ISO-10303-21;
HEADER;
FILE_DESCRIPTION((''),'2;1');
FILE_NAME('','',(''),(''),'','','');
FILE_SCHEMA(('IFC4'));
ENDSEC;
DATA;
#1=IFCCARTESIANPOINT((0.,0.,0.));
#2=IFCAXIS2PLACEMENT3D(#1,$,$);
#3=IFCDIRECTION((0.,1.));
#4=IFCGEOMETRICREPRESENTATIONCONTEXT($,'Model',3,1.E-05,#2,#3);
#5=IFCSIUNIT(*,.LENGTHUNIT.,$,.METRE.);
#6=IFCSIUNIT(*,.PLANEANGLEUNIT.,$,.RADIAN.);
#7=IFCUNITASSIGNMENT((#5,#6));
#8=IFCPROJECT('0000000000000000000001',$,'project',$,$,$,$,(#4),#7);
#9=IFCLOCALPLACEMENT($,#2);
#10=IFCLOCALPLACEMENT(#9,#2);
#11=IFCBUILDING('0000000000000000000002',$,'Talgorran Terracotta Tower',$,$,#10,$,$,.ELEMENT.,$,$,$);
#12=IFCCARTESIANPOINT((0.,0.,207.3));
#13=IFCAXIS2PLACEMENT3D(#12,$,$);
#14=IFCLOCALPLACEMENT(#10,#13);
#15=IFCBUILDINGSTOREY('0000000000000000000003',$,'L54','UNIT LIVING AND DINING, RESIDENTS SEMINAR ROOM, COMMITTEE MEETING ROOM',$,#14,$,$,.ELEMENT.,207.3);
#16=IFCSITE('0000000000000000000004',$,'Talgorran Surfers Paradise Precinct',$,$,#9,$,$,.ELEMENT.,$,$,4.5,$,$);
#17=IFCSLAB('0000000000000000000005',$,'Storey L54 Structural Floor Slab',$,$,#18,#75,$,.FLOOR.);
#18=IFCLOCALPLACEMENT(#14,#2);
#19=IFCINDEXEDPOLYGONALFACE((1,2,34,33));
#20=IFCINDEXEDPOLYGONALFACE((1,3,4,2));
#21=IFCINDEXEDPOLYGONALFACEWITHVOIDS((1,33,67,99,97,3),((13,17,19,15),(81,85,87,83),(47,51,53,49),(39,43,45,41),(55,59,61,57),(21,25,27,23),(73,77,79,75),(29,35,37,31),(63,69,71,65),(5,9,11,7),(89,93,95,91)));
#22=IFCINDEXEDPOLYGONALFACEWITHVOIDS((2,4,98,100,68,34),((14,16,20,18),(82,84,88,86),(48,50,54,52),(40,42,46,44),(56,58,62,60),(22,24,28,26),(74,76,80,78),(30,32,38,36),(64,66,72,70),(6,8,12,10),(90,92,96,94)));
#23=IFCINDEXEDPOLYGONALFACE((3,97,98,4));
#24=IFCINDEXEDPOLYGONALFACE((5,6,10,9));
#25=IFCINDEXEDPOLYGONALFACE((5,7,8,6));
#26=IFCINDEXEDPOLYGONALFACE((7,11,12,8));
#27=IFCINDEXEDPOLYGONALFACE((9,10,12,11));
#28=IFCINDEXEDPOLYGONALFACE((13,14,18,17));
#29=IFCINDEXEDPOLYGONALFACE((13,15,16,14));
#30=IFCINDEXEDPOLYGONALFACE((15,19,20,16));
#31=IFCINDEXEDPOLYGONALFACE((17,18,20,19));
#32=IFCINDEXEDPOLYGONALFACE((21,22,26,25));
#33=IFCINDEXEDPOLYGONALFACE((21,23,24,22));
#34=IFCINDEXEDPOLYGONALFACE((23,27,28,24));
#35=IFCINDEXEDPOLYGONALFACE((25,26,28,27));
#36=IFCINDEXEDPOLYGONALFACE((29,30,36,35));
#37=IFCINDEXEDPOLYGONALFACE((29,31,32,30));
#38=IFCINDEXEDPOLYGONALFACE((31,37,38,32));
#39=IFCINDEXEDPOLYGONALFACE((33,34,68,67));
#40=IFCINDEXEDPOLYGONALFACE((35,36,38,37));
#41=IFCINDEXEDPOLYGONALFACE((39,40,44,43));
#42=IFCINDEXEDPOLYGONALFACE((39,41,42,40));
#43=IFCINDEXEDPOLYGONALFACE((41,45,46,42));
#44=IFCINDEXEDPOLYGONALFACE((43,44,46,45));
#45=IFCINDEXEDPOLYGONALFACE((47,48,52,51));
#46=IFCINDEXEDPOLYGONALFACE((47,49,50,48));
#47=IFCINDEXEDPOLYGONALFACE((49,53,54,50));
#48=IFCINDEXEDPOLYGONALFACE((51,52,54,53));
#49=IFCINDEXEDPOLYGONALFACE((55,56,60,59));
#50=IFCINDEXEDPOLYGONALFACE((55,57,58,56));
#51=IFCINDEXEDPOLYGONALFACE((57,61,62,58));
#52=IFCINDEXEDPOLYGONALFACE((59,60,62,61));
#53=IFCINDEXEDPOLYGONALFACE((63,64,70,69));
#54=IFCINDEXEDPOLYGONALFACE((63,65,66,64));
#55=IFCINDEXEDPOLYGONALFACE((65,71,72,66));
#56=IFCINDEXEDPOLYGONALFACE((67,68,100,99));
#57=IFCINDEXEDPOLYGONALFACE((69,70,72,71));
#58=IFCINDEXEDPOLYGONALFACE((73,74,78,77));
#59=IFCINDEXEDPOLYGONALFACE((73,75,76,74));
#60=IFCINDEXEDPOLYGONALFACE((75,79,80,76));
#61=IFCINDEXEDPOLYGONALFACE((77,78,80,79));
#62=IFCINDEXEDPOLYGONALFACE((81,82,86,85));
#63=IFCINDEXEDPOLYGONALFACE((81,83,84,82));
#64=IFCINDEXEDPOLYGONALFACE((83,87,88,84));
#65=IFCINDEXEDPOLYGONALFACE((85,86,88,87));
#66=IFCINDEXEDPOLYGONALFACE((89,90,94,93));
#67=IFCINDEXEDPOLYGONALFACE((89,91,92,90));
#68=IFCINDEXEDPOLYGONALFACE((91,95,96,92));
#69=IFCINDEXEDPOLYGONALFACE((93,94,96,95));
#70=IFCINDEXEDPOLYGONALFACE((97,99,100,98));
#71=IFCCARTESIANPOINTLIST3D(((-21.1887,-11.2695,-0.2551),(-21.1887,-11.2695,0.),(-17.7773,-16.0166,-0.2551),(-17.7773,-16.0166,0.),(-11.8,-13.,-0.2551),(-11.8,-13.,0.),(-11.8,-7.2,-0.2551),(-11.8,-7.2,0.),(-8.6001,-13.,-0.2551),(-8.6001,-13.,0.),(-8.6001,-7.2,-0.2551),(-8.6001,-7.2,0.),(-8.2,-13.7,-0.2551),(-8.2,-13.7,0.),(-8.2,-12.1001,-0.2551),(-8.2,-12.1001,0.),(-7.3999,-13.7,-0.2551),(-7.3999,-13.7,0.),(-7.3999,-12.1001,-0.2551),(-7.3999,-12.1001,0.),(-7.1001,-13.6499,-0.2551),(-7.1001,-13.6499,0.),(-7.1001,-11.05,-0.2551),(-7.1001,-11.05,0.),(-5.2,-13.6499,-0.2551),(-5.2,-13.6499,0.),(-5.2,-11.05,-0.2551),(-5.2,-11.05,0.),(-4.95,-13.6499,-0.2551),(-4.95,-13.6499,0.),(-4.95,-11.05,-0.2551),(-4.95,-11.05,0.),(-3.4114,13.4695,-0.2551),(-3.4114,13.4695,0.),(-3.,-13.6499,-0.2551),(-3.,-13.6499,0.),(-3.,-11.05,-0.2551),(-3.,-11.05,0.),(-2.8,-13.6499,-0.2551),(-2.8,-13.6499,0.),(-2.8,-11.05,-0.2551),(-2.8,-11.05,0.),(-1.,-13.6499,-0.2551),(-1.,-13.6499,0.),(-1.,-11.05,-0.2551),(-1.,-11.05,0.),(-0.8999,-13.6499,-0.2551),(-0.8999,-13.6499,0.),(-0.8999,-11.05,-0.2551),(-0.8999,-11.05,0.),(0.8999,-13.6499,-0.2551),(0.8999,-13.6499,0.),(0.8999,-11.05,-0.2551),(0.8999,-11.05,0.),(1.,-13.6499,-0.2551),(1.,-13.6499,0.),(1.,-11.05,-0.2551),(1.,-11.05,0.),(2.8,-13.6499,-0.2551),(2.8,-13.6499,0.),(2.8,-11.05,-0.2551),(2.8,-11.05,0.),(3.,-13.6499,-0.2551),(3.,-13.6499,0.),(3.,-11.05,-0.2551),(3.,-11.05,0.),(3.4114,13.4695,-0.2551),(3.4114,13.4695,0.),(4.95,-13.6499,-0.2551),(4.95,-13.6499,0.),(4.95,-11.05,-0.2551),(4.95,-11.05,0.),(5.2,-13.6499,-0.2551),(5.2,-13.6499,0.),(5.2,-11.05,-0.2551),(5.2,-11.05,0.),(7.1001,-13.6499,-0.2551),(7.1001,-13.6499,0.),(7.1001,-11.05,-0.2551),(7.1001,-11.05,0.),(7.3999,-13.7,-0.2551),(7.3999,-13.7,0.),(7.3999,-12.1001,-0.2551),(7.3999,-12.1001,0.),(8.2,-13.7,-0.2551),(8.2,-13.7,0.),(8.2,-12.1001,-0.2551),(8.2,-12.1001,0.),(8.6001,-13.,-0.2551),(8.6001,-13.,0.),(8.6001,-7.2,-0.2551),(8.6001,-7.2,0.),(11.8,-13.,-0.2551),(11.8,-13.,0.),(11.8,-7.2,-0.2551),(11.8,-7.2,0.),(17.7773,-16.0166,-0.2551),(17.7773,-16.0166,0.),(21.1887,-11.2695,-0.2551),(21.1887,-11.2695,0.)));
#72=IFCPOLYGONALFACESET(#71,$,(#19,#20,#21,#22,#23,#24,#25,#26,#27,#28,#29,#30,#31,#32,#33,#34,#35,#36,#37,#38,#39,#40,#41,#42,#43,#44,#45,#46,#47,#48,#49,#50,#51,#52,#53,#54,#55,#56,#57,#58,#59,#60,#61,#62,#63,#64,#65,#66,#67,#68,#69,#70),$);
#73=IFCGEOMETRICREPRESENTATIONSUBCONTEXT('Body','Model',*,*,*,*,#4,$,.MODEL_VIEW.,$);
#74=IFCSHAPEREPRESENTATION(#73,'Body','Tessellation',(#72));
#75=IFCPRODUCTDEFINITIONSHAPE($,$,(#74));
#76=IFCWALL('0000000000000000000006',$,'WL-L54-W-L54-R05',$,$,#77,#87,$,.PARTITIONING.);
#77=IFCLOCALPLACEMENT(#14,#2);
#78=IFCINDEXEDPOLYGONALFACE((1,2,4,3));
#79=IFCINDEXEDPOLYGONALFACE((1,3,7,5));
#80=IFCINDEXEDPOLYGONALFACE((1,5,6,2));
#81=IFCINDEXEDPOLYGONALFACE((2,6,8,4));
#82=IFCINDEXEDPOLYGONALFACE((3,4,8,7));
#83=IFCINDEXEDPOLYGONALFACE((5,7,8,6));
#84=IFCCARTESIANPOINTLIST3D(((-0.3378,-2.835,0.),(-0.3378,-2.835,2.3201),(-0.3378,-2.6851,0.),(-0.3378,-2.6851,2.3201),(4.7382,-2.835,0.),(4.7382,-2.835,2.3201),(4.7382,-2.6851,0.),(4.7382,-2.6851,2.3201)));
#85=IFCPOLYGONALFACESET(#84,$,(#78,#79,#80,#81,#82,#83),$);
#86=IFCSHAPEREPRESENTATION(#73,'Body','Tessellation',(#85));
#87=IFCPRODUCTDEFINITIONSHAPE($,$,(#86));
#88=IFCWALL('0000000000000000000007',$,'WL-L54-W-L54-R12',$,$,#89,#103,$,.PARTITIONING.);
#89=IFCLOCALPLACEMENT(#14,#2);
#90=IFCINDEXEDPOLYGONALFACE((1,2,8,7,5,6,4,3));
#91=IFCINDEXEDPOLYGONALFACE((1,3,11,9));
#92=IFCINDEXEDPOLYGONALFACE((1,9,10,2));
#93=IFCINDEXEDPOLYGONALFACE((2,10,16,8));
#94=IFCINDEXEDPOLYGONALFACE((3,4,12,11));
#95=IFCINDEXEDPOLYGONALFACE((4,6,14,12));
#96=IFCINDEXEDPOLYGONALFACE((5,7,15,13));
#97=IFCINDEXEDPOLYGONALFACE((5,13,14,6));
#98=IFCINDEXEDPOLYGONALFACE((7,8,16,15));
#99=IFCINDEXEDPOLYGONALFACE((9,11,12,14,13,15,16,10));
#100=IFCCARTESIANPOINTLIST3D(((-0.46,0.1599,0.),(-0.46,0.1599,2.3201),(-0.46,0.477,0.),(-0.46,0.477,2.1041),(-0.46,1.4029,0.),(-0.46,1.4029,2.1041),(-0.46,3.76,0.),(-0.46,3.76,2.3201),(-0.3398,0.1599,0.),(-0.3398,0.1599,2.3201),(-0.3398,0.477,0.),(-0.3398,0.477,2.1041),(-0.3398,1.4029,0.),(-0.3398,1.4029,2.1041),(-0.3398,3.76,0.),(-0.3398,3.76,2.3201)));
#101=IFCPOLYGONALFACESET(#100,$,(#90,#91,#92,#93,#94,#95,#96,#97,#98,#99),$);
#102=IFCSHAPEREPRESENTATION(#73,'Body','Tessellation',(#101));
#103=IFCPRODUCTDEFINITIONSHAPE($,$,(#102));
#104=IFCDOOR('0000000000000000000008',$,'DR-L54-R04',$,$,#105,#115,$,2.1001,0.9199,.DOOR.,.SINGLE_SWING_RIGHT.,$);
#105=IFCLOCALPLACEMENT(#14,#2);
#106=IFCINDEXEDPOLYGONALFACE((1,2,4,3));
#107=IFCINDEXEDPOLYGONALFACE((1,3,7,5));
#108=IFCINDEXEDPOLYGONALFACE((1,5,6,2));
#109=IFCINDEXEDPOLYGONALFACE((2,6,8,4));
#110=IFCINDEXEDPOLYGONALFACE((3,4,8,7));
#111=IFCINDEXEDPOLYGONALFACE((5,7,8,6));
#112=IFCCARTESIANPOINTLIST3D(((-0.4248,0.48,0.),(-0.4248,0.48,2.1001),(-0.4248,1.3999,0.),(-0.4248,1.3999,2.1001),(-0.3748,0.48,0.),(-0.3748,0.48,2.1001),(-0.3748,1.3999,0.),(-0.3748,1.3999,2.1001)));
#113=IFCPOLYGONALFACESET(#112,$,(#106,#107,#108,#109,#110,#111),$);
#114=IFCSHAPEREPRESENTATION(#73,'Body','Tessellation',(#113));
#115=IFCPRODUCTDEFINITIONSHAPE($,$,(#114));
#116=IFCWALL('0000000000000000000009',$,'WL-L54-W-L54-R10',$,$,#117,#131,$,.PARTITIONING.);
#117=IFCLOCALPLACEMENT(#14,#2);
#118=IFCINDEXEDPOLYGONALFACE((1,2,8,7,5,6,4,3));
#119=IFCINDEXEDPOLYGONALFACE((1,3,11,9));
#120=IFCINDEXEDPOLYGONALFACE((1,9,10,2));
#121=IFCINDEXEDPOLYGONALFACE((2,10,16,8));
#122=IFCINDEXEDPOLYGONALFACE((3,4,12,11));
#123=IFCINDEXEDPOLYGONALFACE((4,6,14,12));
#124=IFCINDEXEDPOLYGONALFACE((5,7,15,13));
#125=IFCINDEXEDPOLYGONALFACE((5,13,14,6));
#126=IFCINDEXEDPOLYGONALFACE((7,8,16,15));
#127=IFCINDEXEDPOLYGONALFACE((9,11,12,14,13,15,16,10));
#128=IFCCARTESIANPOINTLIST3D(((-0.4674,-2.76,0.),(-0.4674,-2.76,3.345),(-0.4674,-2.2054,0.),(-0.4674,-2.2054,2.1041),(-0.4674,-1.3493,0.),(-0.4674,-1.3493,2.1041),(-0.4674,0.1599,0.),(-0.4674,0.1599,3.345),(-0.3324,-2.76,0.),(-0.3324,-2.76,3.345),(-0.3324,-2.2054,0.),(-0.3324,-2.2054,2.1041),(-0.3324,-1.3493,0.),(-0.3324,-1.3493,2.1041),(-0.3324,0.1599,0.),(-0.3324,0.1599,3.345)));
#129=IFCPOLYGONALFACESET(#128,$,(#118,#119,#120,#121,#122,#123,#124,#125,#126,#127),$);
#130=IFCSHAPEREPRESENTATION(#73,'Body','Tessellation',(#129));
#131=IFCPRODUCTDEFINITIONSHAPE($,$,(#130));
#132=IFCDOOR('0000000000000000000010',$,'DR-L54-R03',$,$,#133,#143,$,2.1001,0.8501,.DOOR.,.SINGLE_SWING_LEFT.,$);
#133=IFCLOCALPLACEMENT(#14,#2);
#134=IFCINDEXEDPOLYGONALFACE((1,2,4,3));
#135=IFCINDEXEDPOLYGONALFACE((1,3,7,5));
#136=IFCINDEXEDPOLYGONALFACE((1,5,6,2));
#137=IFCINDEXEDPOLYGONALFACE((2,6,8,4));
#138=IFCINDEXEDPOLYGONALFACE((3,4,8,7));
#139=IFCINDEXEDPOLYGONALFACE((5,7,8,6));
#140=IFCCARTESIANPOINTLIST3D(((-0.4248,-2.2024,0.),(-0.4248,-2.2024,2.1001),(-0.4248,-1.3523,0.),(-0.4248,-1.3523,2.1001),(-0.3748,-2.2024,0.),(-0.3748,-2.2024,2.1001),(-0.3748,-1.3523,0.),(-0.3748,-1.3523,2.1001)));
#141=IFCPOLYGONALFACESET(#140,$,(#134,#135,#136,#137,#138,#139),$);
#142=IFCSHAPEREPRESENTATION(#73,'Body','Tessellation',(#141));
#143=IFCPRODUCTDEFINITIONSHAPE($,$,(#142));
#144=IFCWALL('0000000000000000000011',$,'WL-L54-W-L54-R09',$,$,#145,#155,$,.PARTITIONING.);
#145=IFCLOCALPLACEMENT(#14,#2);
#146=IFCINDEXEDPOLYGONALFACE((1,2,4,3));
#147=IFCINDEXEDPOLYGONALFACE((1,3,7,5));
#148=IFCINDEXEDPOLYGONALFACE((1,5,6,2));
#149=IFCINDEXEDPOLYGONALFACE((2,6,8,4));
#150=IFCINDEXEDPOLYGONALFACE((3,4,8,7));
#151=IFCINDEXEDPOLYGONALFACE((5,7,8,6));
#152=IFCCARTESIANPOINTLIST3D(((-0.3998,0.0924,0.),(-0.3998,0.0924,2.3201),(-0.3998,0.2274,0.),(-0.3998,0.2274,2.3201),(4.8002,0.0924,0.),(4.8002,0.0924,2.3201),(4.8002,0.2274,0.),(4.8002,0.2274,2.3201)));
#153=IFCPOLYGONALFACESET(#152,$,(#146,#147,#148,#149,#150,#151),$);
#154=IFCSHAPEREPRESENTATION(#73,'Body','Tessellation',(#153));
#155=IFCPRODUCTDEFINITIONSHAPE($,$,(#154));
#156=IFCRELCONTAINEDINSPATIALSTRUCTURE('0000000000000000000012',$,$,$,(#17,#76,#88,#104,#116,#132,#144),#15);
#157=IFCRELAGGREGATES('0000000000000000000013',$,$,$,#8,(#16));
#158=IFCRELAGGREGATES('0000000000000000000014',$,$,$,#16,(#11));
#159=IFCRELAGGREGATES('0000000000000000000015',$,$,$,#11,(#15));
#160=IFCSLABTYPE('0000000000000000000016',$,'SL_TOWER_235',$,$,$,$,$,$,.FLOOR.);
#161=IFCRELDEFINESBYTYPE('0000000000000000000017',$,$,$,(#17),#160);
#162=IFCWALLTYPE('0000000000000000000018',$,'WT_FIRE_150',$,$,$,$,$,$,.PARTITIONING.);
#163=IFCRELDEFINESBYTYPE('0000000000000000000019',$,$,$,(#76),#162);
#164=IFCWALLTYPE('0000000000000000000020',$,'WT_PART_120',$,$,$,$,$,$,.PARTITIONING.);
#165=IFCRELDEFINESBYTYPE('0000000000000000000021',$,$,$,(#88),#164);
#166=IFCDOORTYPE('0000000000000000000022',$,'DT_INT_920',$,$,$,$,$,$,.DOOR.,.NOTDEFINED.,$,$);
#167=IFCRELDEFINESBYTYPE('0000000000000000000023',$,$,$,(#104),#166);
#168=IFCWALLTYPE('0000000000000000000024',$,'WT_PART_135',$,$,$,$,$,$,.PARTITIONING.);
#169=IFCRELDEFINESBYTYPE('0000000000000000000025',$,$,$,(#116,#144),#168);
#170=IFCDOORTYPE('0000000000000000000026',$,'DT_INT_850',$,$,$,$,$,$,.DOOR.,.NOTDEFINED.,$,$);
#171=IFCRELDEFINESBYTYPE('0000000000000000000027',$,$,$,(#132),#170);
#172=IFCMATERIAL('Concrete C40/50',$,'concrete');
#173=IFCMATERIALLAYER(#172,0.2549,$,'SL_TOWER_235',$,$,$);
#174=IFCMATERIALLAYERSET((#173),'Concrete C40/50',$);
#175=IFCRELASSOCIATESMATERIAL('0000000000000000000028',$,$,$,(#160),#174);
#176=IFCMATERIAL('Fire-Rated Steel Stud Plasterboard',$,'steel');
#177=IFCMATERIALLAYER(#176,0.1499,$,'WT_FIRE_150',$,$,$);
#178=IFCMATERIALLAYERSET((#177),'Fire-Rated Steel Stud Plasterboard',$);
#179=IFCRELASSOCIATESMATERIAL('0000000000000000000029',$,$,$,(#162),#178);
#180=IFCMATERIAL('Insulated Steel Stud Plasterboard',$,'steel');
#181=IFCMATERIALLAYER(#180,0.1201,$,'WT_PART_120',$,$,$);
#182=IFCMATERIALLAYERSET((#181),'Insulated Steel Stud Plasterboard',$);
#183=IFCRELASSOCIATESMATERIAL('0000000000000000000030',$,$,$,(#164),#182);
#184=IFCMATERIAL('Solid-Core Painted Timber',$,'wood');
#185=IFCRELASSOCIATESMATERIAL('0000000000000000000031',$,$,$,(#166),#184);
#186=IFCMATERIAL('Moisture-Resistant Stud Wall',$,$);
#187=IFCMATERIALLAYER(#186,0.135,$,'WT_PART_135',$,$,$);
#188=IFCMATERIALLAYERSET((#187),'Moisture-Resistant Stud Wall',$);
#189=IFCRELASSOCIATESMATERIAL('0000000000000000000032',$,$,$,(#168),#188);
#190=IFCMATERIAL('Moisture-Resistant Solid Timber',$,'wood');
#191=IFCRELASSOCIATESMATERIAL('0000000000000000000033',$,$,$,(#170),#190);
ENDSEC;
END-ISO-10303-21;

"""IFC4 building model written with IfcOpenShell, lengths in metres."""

from ifc_helpers import new_model, si_unit, direction, frame, frame_2d, origin, place, context, subcontext, project, spatial, polyline, rectangle, outline, extrude, material, layer, layer_set, type_object, element, fill, save


model = new_model("IFC4")

# Units and contexts
model_context = context("Model", 3, precision=1e-05, world=origin(), true_north=direction((0.0, 1.0)))
body_context = subcontext(model_context, "Body", "Model", "MODEL_VIEW")
ifc_project = project(units=[si_unit("LENGTHUNIT", "METRE"), si_unit("PLANEANGLEUNIT", "RADIAN")], contexts=[model_context])

# Site, building, storey
site_placement = place(None, origin())
site = spatial("IfcSite", under=ifc_project, at=site_placement, Name="Talgorran Surfers Paradise Precinct", CompositionType="ELEMENT", RefElevation=4.5)
building_placement = place(site_placement, origin())
building = spatial("IfcBuilding", under=site, at=building_placement, Name="Talgorran Terracotta Tower", CompositionType="ELEMENT")
storey_placement = place(building_placement, frame((0.0, 0.0, 207.3)))
storey = spatial("IfcBuildingStorey", under=building, at=storey_placement, Name="L54", Description="UNIT LIVING AND DINING, RESIDENTS SEMINAR ROOM, COMMITTEE MEETING ROOM", CompositionType="ELEMENT", Elevation=207.3)

# Slab
ifc_material_1 = material(Name="Concrete C40/50", Category="concrete")
ifc_layer_1 = layer(ifc_material_1, 0.2549, Name="SL_TOWER_235")
ifc_layer_set_1 = layer_set([ifc_layer_1], Name="Concrete C40/50")
slab_type_1 = type_object("IfcSlabType", Name="SL_TOWER_235", PredefinedType="FLOOR", material=ifc_layer_set_1)
slab_1_placement = place(storey_placement, frame((0.0, 0.0, -0.2551)))
element("IfcSlab", 1, at=slab_1_placement, inside=storey, type_object=slab_type_1, Name="Storey L54 Structural Floor Slab", PredefinedType="FLOOR", context=body_context, shape_type="SweptSolid", body=[
    extrude(outline(polyline([(-21.1887, -11.2695), (-17.7773, -16.0166), (17.7773, -16.0166), (21.1887, -11.2695), (3.4114, 13.4695), (-3.4114, 13.4695), (-21.1887, -11.2695)]), holes=[polyline([(-11.8, -7.2), (-11.8, -13.0), (-8.6001, -13.0), (-8.6001, -7.2), (-11.8, -7.2)]), polyline([(8.6001, -7.2), (8.6001, -13.0), (11.8, -13.0), (11.8, -7.2), (8.6001, -7.2)]), polyline([(-7.1001, -13.6499), (-5.2, -13.6499), (-5.2, -11.05), (-7.1001, -11.05), (-7.1001, -13.6499)]), polyline([(5.2, -13.6499), (7.1001, -13.6499), (7.1001, -11.05), (5.2, -11.05), (5.2, -13.6499)]), polyline([(3.0, -13.6499), (4.95, -13.6499), (4.95, -11.05), (3.0, -11.05), (3.0, -13.6499)]), polyline([(-4.95, -13.6499), (-3.0, -13.6499), (-3.0, -11.05), (-4.95, -11.05), (-4.95, -13.6499)]), polyline([(-2.8, -13.6499), (-1.0, -13.6499), (-1.0, -11.05), (-2.8, -11.05), (-2.8, -13.6499)]), polyline([(-0.8999, -13.6499), (0.8999, -13.6499), (0.8999, -11.05), (-0.8999, -11.05), (-0.8999, -13.6499)]), polyline([(1.0, -13.6499), (2.8, -13.6499), (2.8, -11.05), (1.0, -11.05), (1.0, -13.6499)]), polyline([(-8.2, -13.7), (-7.3999, -13.7), (-7.3999, -12.1001), (-8.2, -12.1001), (-8.2, -13.7)]), polyline([(7.3999, -13.7), (8.2, -13.7), (8.2, -12.1001), (7.3999, -12.1001), (7.3999, -13.7)])]), origin(), (0.0, 0.0, 1.0), 0.2551),
])

# Wall
ifc_material_2 = material(Name="Fire-Rated Steel Stud Plasterboard", Category="steel")
ifc_layer_2 = layer(ifc_material_2, 0.1499, Name="WT_FIRE_150")
ifc_layer_set_2 = layer_set([ifc_layer_2], Name="Fire-Rated Steel Stud Plasterboard")
wall_type_1 = type_object("IfcWallType", Name="WT_FIRE_150", PredefinedType="PARTITIONING", material=ifc_layer_set_2)
wall_1_placement = place(storey_placement, frame((-0.3379, -2.76, 0.0), z_axis=(0.0, 0.0, 1.0), x_axis=(1.0, 0.0, 0.0)))
element("IfcWall", 2, at=wall_1_placement, inside=storey, type_object=wall_type_1, Name="WL-L54-W-L54-R05", PredefinedType="PARTITIONING", context=body_context, shape_type="SweptSolid", body=[
    extrude(rectangle(XDim=5.0759, YDim=0.1499, at=frame_2d((2.5381, 0.0))), origin(), (0.0, 0.0, 1.0), 2.3201),
])

# Walls, openings, doors
ifc_material_3 = material(Name="Insulated Steel Stud Plasterboard", Category="steel")
ifc_layer_3 = layer(ifc_material_3, 0.1201, Name="WT_PART_120")
ifc_layer_set_3 = layer_set([ifc_layer_3], Name="Insulated Steel Stud Plasterboard")
wall_type_2 = type_object("IfcWallType", Name="WT_PART_120", PredefinedType="PARTITIONING", material=ifc_layer_set_3)
wall_2_placement = place(storey_placement, frame((-0.3999, 0.1599, 0.0), z_axis=(0.0, 0.0, 1.0), x_axis=(0.0, 1.0, 0.0)))
wall_2 = element("IfcWall", 3, at=wall_2_placement, inside=storey, type_object=wall_type_2, Name="WL-L54-W-L54-R12", PredefinedType="PARTITIONING", context=body_context, shape_type="SweptSolid", body=[
    extrude(rectangle(XDim=3.6001, YDim=0.1201, at=frame_2d((1.8, 0.0))), origin(), (0.0, 0.0, 1.0), 2.3201),
])
opening_1_placement = place(wall_2_placement, frame((0.3201, 0.0, 0.0)))
opening_1 = element("IfcOpeningElement", 4, at=opening_1_placement, cuts=wall_2, PredefinedType="OPENING", context=body_context, shape_type="SweptSolid", body=[
    extrude(rectangle(XDim=0.9259, YDim=2.1041, at=frame_2d((0.46, 1.052))), frame((0.0, 0.0701, 0.0), z_axis=(0.0, -1.0, 0.0), x_axis=(1.0, 0.0, 0.0)), (0.0, 0.0, 1.0), 0.1401),
])
ifc_material_4 = material(Name="Solid-Core Painted Timber", Category="wood")
door_type_1 = type_object("IfcDoorType", Name="DT_INT_920", OperationType="NOTDEFINED", PredefinedType="DOOR", material=ifc_material_4)
door_1_placement = place(opening_1_placement, origin())
door_1 = element("IfcDoor", 5, at=door_1_placement, inside=storey, type_object=door_type_1, Name="DR-L54-R04", OperationType="SINGLE_SWING_RIGHT", OverallHeight=2.1001, OverallWidth=0.9199, PredefinedType="DOOR", context=body_context, shape_type="SweptSolid", body=[
    extrude(rectangle(XDim=0.9199, YDim=2.1001, at=frame_2d((0.46, 1.05))), frame((0.0, 0.0249, 0.0), z_axis=(0.0, -1.0, 0.0), x_axis=(1.0, 0.0, 0.0)), (0.0, 0.0, 1.0), 0.05),
])
fill(opening_1, door_1)
ifc_material_5 = material(Name="Moisture-Resistant Stud Wall")
ifc_layer_4 = layer(ifc_material_5, 0.135, Name="WT_PART_135")
ifc_layer_set_4 = layer_set([ifc_layer_4], Name="Moisture-Resistant Stud Wall")
wall_type_3 = type_object("IfcWallType", Name="WT_PART_135", PredefinedType="PARTITIONING", material=ifc_layer_set_4)
wall_3_placement = place(storey_placement, frame((-0.3999, -2.76, 0.0), z_axis=(0.0, 0.0, 1.0), x_axis=(0.0, 1.0, 0.0)))
wall_3 = element("IfcWall", 6, at=wall_3_placement, inside=storey, type_object=wall_type_3, Name="WL-L54-W-L54-R10", PredefinedType="PARTITIONING", context=body_context, shape_type="SweptSolid", body=[
    extrude(rectangle(XDim=2.9199, YDim=0.135, at=frame_2d((1.46, 0.0))), origin(), (0.0, 0.0, 1.0), 3.345),
])
opening_2_placement = place(wall_3_placement, frame((0.5576, 0.0, 0.0)))
opening_2 = element("IfcOpeningElement", 7, at=opening_2_placement, cuts=wall_3, PredefinedType="OPENING", context=body_context, shape_type="SweptSolid", body=[
    extrude(rectangle(XDim=0.8561, YDim=2.1041, at=frame_2d((0.425, 1.052))), frame((0.0, 0.0776, 0.0), z_axis=(0.0, -1.0, 0.0), x_axis=(1.0, 0.0, 0.0)), (0.0, 0.0, 1.0), 0.155),
])
ifc_material_6 = material(Name="Moisture-Resistant Solid Timber", Category="wood")
door_type_2 = type_object("IfcDoorType", Name="DT_INT_850", OperationType="NOTDEFINED", PredefinedType="DOOR", material=ifc_material_6)
door_2_placement = place(opening_2_placement, origin())
door_2 = element("IfcDoor", 8, at=door_2_placement, inside=storey, type_object=door_type_2, Name="DR-L54-R03", OperationType="SINGLE_SWING_LEFT", OverallHeight=2.1001, OverallWidth=0.8501, PredefinedType="DOOR", context=body_context, shape_type="SweptSolid", body=[
    extrude(rectangle(XDim=0.8501, YDim=2.1001, at=frame_2d((0.425, 1.05))), frame((0.0, 0.0249, 0.0), z_axis=(0.0, -1.0, 0.0), x_axis=(1.0, 0.0, 0.0)), (0.0, 0.0, 1.0), 0.05),
])
fill(opening_2, door_2)

# Wall
wall_4_placement = place(storey_placement, frame((-0.3999, 0.1599, 0.0), z_axis=(0.0, 0.0, 1.0), x_axis=(1.0, 0.0, 0.0)))
element("IfcWall", 9, at=wall_4_placement, inside=storey, type_object=wall_type_3, Name="WL-L54-W-L54-R09", PredefinedType="PARTITIONING", context=body_context, shape_type="SweptSolid", body=[
    extrude(rectangle(XDim=5.2, YDim=0.135, at=frame_2d((2.6001, 0.0))), origin(), (0.0, 0.0, 1.0), 2.3201),
])

save(model, "model.ifc")
